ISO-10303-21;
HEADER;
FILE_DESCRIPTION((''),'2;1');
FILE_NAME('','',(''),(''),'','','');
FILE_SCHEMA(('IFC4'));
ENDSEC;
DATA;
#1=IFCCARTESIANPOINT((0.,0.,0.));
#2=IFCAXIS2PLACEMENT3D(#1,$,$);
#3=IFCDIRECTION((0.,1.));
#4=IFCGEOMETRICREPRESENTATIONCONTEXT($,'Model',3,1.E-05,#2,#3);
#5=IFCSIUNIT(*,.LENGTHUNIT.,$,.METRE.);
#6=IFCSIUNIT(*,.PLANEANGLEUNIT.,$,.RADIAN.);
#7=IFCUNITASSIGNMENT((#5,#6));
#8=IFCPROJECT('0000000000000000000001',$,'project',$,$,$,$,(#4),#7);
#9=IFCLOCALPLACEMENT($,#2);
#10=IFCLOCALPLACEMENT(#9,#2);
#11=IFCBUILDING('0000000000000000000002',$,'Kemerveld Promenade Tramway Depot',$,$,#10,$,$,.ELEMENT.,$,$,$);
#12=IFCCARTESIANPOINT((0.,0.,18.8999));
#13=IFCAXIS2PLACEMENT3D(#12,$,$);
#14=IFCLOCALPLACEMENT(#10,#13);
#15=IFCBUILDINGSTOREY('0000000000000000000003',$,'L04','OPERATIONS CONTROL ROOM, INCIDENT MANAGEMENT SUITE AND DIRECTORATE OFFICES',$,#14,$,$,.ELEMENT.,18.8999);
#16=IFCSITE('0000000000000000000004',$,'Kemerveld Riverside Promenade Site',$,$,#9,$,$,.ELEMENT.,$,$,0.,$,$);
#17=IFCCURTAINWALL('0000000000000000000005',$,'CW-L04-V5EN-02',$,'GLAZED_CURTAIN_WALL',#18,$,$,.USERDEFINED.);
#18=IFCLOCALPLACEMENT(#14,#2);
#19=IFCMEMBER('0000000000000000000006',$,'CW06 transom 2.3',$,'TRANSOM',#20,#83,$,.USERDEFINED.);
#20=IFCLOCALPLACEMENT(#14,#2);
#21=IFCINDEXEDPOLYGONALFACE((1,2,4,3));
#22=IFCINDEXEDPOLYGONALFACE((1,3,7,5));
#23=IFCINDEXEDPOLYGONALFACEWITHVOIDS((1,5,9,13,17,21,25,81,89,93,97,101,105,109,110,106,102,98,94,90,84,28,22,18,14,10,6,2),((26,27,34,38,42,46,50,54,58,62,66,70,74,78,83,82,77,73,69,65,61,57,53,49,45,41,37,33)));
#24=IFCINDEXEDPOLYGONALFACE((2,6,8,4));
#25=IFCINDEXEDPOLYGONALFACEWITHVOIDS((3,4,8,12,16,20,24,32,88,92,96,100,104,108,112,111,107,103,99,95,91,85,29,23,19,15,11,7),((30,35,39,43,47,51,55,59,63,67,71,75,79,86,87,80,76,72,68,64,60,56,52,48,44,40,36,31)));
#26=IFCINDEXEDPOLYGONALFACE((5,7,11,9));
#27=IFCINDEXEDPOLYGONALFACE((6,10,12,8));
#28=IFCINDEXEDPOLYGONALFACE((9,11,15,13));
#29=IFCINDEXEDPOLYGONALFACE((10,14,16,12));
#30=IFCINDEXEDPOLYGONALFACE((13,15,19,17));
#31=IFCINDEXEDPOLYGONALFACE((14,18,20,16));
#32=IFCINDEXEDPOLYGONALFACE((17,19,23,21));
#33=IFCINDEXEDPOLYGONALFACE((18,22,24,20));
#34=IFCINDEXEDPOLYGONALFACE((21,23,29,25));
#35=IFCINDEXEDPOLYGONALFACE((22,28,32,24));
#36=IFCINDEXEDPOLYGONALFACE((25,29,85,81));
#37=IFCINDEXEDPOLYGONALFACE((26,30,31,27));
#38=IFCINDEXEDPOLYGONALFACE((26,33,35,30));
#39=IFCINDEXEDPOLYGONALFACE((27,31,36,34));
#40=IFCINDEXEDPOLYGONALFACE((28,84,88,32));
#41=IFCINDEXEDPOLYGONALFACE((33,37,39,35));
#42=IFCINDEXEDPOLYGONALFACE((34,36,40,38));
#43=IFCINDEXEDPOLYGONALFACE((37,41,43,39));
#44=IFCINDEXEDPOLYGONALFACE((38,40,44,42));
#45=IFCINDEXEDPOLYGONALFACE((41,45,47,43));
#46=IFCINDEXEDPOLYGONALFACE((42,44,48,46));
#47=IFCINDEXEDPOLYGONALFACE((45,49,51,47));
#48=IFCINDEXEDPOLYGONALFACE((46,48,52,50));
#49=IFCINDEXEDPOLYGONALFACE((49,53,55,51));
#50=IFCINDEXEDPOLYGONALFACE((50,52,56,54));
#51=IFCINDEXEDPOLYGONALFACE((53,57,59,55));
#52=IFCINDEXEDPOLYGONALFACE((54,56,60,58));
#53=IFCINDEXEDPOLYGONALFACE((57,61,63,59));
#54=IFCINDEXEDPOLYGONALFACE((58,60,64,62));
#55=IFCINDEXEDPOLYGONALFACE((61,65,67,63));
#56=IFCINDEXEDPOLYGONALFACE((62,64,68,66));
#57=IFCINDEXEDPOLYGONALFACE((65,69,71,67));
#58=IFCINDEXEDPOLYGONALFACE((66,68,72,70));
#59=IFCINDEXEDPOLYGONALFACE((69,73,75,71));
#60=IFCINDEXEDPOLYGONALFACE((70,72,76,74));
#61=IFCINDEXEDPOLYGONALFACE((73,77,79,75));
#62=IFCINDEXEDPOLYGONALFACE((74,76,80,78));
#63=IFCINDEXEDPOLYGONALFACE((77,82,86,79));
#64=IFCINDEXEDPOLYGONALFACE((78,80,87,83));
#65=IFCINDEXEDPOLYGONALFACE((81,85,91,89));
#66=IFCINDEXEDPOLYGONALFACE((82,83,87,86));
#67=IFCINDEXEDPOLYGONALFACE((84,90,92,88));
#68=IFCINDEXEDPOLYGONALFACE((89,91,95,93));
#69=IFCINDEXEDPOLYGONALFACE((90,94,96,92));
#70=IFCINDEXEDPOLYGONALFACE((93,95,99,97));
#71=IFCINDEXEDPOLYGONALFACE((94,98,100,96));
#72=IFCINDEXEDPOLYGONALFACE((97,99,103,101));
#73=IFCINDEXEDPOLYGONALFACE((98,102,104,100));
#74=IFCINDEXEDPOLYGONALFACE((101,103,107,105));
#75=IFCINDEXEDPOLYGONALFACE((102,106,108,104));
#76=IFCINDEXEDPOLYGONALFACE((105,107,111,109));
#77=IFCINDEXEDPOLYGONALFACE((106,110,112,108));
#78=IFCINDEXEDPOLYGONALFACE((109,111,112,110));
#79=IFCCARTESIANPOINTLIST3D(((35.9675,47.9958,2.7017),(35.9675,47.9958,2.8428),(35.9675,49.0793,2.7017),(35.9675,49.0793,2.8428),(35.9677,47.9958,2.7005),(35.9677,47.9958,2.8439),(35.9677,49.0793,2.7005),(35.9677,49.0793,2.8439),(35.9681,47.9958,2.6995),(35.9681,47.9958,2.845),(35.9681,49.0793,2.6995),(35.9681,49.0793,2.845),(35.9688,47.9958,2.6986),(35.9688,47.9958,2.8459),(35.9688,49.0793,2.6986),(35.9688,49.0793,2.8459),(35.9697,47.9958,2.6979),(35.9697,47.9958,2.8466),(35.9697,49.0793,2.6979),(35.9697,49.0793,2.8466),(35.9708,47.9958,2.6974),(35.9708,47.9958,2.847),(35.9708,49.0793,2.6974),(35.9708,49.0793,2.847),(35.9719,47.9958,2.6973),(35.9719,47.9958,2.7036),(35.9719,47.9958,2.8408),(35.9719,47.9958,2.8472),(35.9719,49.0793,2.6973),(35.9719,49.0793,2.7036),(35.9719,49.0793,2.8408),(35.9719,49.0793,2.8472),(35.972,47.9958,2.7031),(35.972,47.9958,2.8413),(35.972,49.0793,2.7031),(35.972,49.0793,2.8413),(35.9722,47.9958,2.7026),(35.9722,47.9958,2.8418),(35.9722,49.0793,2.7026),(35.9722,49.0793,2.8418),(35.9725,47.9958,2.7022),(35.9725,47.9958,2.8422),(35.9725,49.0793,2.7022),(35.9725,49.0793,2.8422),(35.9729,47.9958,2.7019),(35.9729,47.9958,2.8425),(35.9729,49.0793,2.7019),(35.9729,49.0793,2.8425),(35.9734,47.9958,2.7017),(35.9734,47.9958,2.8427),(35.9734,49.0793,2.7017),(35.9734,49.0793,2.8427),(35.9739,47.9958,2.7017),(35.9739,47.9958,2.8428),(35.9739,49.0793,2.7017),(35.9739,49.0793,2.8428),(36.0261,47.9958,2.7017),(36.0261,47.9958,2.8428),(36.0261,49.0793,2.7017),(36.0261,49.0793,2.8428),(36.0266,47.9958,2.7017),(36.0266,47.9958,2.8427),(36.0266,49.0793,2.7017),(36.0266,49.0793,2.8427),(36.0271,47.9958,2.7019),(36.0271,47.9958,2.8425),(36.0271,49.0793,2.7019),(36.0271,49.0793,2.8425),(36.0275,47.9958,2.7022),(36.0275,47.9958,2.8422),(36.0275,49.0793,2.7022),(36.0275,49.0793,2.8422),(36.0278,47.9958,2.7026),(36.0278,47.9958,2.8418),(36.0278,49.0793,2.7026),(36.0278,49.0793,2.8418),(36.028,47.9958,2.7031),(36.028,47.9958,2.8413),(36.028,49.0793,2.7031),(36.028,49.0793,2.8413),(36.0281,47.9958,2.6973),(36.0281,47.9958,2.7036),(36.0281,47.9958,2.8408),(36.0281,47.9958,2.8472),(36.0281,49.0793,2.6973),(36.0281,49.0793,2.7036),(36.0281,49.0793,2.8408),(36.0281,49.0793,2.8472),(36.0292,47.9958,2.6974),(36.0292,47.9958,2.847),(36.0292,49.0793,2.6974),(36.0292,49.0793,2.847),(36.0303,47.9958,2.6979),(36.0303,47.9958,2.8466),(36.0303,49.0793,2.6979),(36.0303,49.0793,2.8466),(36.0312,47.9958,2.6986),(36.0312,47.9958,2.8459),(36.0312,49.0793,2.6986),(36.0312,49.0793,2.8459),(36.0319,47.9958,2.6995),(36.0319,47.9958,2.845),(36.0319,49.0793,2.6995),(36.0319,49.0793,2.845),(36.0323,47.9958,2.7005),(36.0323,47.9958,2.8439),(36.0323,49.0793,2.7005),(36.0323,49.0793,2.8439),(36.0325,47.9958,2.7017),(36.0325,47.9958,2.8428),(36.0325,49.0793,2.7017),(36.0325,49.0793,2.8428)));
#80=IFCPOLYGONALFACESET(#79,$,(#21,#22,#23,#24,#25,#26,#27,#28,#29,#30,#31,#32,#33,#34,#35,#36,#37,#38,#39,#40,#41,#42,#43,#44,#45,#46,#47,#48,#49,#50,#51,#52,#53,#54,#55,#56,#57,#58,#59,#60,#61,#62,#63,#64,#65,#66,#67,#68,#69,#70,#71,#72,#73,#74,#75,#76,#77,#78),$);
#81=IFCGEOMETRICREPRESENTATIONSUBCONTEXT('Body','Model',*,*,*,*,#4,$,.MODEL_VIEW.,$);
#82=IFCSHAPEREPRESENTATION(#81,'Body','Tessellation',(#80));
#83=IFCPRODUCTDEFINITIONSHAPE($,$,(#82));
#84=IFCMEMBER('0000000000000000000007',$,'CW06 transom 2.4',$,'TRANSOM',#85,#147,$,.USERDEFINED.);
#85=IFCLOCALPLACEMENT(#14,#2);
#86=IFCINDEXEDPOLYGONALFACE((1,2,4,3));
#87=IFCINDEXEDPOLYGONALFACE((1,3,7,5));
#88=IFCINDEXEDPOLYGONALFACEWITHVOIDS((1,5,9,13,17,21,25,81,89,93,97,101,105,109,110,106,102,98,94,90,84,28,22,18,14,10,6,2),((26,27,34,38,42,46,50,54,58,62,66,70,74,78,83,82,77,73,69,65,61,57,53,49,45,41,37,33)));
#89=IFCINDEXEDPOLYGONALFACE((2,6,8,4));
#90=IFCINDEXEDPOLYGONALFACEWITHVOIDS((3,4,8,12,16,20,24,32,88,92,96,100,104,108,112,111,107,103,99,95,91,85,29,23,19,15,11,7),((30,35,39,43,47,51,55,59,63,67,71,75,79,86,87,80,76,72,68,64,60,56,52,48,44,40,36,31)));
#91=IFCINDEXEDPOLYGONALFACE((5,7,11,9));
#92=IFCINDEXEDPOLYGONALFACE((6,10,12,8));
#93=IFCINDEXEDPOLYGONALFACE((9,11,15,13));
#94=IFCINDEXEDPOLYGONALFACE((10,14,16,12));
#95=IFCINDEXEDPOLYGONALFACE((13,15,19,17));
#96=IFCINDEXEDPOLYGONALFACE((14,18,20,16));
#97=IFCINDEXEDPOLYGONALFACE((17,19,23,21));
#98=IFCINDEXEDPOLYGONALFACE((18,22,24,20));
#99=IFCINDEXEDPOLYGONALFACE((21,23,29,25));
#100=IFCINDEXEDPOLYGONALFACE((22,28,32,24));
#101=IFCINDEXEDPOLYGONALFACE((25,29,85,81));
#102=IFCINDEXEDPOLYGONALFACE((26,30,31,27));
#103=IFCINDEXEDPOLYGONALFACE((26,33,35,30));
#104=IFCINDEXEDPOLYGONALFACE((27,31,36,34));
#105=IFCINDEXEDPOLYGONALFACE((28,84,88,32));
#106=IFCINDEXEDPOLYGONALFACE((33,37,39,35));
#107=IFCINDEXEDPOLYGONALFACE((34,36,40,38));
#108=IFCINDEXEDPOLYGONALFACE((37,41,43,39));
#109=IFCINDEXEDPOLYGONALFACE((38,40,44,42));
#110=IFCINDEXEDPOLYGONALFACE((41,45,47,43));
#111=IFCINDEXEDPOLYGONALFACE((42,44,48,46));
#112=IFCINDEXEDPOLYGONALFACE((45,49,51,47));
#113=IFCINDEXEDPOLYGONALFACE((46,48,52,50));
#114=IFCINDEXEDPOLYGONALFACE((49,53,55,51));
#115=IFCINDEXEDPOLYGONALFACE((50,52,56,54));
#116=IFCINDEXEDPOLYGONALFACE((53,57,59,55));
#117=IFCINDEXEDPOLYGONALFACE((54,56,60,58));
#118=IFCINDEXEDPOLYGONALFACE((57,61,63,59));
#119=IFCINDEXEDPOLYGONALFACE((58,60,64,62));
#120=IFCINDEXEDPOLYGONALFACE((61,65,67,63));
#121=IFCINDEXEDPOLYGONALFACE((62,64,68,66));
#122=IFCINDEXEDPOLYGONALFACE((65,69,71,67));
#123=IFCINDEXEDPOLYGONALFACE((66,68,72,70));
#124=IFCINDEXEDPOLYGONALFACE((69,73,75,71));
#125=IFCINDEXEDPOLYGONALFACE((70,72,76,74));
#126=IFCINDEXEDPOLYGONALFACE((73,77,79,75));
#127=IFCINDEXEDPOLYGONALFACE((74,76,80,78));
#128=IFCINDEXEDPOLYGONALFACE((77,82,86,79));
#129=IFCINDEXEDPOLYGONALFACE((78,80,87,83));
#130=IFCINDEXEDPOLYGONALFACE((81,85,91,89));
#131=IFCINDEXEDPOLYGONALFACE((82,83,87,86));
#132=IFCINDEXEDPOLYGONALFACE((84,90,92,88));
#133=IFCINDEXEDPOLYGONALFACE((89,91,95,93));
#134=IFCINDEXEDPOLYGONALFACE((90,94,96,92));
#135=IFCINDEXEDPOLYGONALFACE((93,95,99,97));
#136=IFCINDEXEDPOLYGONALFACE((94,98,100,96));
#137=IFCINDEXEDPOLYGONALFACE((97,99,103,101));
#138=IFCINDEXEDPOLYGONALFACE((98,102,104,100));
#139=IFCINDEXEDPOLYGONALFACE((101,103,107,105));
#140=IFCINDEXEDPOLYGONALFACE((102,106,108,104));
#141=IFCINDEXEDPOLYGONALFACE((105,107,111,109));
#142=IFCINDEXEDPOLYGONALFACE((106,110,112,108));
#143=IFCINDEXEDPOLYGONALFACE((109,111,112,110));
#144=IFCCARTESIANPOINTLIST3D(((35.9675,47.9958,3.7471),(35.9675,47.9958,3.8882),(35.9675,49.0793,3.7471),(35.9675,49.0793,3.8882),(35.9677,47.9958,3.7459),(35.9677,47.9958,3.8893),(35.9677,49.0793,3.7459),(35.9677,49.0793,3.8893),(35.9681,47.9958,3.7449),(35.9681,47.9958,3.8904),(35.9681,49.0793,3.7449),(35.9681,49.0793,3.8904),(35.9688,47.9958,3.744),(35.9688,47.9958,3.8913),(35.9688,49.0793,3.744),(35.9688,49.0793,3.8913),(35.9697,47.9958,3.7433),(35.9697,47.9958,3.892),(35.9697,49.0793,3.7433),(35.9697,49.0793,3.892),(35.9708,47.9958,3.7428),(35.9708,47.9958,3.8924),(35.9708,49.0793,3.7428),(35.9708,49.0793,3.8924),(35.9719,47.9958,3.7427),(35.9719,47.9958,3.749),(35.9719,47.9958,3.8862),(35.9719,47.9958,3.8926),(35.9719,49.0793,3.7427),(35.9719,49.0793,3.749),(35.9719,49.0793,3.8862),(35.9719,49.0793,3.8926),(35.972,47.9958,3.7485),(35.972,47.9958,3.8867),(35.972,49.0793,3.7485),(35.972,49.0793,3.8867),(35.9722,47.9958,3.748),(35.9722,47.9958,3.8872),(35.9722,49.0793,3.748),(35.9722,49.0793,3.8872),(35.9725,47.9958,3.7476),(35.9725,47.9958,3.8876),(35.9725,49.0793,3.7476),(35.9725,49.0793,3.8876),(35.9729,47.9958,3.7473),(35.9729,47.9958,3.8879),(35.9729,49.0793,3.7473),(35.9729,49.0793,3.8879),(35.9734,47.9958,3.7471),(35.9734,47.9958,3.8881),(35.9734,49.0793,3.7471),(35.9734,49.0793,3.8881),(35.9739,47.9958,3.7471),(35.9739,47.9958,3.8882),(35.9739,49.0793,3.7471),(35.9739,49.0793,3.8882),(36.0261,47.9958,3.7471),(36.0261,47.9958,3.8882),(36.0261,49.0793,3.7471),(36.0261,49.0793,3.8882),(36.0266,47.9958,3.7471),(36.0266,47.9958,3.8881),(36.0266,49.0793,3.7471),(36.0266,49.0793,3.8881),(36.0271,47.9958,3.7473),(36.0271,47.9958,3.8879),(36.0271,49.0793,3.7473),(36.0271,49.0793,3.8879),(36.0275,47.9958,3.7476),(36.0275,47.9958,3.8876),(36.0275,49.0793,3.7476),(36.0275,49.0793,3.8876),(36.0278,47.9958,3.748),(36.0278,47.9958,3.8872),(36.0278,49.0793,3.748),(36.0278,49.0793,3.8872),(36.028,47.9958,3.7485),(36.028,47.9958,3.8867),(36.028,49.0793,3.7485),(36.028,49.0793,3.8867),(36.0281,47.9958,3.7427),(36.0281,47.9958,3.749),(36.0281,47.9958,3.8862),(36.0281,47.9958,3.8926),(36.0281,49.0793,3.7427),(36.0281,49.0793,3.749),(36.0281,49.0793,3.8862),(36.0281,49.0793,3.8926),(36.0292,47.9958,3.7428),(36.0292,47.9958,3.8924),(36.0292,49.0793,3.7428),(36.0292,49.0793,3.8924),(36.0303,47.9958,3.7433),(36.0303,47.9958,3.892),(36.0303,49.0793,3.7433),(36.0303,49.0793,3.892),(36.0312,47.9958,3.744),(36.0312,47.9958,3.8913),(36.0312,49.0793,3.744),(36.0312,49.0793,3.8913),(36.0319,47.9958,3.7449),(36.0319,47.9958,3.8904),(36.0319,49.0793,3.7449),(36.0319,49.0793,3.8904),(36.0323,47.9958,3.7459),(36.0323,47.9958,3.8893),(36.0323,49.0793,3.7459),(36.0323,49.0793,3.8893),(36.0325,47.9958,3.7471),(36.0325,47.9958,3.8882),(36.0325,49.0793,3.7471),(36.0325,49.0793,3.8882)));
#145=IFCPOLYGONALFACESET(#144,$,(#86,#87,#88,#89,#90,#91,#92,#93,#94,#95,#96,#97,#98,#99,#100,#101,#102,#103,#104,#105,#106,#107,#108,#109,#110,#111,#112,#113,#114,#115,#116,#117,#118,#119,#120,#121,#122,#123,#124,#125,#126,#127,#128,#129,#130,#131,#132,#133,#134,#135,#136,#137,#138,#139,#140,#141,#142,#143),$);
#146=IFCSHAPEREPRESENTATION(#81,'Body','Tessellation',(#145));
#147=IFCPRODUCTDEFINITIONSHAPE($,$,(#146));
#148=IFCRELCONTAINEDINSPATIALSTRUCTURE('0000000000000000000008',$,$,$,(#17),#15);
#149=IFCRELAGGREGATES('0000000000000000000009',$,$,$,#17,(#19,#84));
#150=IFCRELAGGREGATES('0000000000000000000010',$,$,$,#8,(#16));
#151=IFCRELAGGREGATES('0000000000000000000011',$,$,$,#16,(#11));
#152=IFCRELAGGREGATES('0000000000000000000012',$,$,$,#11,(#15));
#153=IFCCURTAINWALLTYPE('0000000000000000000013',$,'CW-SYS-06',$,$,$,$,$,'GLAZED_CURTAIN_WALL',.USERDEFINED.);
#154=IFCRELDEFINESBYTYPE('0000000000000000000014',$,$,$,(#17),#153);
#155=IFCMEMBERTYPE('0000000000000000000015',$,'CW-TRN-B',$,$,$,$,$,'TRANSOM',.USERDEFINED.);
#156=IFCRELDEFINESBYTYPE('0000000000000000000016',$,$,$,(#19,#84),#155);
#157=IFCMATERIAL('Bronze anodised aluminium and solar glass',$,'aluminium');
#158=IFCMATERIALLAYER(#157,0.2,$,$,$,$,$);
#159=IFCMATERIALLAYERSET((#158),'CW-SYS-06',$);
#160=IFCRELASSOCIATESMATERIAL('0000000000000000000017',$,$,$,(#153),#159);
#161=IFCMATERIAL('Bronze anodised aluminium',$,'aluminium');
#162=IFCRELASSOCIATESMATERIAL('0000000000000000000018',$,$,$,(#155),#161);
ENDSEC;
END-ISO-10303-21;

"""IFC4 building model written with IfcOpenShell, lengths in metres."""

from ifc_helpers import new_model, si_unit, direction, frame, origin, origin_2d, place, context, subcontext, project, spatial, hollow_rectangle, extrude, material, layer, layer_set, material_profile, profile_set, type_object, element, aggregate, save


model = new_model("IFC4")

# Units and contexts
model_context = context("Model", 3, precision=1e-05, world=origin(), true_north=direction((0.0, 1.0)))
body_context = subcontext(model_context, "Body", "Model", "MODEL_VIEW")
ifc_project = project(units=[si_unit("LENGTHUNIT", "METRE"), si_unit("PLANEANGLEUNIT", "RADIAN")], contexts=[model_context])

# Site, building, storey
site_placement = place(None, origin())
site = spatial("IfcSite", under=ifc_project, at=site_placement, Name="Kemerveld Riverside Promenade Site", CompositionType="ELEMENT", RefElevation=0.0)
building_placement = place(site_placement, origin())
building = spatial("IfcBuilding", under=site, at=building_placement, Name="Kemerveld Promenade Tramway Depot", CompositionType="ELEMENT")
storey_placement = place(building_placement, frame((0.0, 0.0, 18.8999)))
storey = spatial("IfcBuildingStorey", under=building, at=storey_placement, Name="L04", Description="OPERATIONS CONTROL ROOM, INCIDENT MANAGEMENT SUITE AND DIRECTORATE OFFICES", CompositionType="ELEMENT", Elevation=18.8999)

# Shared definitions
ifc_material_1 = material(Name="Bronze anodised aluminium and solar glass", Category="aluminium")
ifc_material_2 = material(Name="Bronze anodised aluminium", Category="aluminium")

# Curtain wall, members
ifc_layer_1 = layer(ifc_material_1, 0.2)
ifc_layer_set_1 = layer_set([ifc_layer_1], Name="CW-SYS-06")
curtain_wall_type_1 = type_object("IfcCurtainWallType", Name="CW-SYS-06", ElementType="GLAZED_CURTAIN_WALL", PredefinedType="USERDEFINED", material=ifc_layer_set_1)
curtain_wall_1_placement = place(storey_placement, origin())
curtain_wall_1 = element("IfcCurtainWall", 1, at=curtain_wall_1_placement, inside=storey, type_object=curtain_wall_type_1, Name="CW-L04-V5EN-02", ObjectType="GLAZED_CURTAIN_WALL", PredefinedType="USERDEFINED")
ifc_material_profile_1 = material_profile(ifc_material_2, hollow_rectangle(XDim=0.0649, YDim=0.1499, WallThickness=0.0044, InnerFilletRadius=0.002, OuterFilletRadius=0.0044, at=origin_2d()), Name="CW-TRN-150x65")
ifc_profile_set_1 = profile_set([ifc_material_profile_1], Name="Bronze anodised aluminium")
member_type_1 = type_object("IfcMemberType", Name="CW-TRN-B", ElementType="TRANSOM", PredefinedType="USERDEFINED", material=ifc_profile_set_1)
member_1_placement = place(storey_placement, frame((36.0, 49.0793, 2.7722), z_axis=(0.0, -1.0, 0.0), x_axis=(1.0, 0.0, 0.0)))
member_1 = element("IfcMember", 2, at=member_1_placement, type_object=member_type_1, Name="CW06 transom 2.3", ObjectType="TRANSOM", PredefinedType="USERDEFINED", context=body_context, shape_type="SweptSolid", body=[
    extrude(hollow_rectangle(XDim=0.0649, YDim=0.1499, WallThickness=0.0044, InnerFilletRadius=0.002, OuterFilletRadius=0.0044, at=origin_2d()), origin(), (0.0, 0.0, 1.0), 1.0835),
])
member_2_placement = place(storey_placement, frame((36.0, 49.0793, 3.8176), z_axis=(0.0, -1.0, 0.0), x_axis=(1.0, 0.0, 0.0)))
member_2 = element("IfcMember", 3, at=member_2_placement, type_object=member_type_1, Name="CW06 transom 2.4", ObjectType="TRANSOM", PredefinedType="USERDEFINED", context=body_context, shape_type="SweptSolid", body=[
    extrude(hollow_rectangle(XDim=0.0649, YDim=0.1499, WallThickness=0.0044, InnerFilletRadius=0.002, OuterFilletRadius=0.0044, at=origin_2d()), origin(), (0.0, 0.0, 1.0), 1.0835),
])

aggregate(curtain_wall_1, [member_1, member_2])

save(model, "model.ifc")
